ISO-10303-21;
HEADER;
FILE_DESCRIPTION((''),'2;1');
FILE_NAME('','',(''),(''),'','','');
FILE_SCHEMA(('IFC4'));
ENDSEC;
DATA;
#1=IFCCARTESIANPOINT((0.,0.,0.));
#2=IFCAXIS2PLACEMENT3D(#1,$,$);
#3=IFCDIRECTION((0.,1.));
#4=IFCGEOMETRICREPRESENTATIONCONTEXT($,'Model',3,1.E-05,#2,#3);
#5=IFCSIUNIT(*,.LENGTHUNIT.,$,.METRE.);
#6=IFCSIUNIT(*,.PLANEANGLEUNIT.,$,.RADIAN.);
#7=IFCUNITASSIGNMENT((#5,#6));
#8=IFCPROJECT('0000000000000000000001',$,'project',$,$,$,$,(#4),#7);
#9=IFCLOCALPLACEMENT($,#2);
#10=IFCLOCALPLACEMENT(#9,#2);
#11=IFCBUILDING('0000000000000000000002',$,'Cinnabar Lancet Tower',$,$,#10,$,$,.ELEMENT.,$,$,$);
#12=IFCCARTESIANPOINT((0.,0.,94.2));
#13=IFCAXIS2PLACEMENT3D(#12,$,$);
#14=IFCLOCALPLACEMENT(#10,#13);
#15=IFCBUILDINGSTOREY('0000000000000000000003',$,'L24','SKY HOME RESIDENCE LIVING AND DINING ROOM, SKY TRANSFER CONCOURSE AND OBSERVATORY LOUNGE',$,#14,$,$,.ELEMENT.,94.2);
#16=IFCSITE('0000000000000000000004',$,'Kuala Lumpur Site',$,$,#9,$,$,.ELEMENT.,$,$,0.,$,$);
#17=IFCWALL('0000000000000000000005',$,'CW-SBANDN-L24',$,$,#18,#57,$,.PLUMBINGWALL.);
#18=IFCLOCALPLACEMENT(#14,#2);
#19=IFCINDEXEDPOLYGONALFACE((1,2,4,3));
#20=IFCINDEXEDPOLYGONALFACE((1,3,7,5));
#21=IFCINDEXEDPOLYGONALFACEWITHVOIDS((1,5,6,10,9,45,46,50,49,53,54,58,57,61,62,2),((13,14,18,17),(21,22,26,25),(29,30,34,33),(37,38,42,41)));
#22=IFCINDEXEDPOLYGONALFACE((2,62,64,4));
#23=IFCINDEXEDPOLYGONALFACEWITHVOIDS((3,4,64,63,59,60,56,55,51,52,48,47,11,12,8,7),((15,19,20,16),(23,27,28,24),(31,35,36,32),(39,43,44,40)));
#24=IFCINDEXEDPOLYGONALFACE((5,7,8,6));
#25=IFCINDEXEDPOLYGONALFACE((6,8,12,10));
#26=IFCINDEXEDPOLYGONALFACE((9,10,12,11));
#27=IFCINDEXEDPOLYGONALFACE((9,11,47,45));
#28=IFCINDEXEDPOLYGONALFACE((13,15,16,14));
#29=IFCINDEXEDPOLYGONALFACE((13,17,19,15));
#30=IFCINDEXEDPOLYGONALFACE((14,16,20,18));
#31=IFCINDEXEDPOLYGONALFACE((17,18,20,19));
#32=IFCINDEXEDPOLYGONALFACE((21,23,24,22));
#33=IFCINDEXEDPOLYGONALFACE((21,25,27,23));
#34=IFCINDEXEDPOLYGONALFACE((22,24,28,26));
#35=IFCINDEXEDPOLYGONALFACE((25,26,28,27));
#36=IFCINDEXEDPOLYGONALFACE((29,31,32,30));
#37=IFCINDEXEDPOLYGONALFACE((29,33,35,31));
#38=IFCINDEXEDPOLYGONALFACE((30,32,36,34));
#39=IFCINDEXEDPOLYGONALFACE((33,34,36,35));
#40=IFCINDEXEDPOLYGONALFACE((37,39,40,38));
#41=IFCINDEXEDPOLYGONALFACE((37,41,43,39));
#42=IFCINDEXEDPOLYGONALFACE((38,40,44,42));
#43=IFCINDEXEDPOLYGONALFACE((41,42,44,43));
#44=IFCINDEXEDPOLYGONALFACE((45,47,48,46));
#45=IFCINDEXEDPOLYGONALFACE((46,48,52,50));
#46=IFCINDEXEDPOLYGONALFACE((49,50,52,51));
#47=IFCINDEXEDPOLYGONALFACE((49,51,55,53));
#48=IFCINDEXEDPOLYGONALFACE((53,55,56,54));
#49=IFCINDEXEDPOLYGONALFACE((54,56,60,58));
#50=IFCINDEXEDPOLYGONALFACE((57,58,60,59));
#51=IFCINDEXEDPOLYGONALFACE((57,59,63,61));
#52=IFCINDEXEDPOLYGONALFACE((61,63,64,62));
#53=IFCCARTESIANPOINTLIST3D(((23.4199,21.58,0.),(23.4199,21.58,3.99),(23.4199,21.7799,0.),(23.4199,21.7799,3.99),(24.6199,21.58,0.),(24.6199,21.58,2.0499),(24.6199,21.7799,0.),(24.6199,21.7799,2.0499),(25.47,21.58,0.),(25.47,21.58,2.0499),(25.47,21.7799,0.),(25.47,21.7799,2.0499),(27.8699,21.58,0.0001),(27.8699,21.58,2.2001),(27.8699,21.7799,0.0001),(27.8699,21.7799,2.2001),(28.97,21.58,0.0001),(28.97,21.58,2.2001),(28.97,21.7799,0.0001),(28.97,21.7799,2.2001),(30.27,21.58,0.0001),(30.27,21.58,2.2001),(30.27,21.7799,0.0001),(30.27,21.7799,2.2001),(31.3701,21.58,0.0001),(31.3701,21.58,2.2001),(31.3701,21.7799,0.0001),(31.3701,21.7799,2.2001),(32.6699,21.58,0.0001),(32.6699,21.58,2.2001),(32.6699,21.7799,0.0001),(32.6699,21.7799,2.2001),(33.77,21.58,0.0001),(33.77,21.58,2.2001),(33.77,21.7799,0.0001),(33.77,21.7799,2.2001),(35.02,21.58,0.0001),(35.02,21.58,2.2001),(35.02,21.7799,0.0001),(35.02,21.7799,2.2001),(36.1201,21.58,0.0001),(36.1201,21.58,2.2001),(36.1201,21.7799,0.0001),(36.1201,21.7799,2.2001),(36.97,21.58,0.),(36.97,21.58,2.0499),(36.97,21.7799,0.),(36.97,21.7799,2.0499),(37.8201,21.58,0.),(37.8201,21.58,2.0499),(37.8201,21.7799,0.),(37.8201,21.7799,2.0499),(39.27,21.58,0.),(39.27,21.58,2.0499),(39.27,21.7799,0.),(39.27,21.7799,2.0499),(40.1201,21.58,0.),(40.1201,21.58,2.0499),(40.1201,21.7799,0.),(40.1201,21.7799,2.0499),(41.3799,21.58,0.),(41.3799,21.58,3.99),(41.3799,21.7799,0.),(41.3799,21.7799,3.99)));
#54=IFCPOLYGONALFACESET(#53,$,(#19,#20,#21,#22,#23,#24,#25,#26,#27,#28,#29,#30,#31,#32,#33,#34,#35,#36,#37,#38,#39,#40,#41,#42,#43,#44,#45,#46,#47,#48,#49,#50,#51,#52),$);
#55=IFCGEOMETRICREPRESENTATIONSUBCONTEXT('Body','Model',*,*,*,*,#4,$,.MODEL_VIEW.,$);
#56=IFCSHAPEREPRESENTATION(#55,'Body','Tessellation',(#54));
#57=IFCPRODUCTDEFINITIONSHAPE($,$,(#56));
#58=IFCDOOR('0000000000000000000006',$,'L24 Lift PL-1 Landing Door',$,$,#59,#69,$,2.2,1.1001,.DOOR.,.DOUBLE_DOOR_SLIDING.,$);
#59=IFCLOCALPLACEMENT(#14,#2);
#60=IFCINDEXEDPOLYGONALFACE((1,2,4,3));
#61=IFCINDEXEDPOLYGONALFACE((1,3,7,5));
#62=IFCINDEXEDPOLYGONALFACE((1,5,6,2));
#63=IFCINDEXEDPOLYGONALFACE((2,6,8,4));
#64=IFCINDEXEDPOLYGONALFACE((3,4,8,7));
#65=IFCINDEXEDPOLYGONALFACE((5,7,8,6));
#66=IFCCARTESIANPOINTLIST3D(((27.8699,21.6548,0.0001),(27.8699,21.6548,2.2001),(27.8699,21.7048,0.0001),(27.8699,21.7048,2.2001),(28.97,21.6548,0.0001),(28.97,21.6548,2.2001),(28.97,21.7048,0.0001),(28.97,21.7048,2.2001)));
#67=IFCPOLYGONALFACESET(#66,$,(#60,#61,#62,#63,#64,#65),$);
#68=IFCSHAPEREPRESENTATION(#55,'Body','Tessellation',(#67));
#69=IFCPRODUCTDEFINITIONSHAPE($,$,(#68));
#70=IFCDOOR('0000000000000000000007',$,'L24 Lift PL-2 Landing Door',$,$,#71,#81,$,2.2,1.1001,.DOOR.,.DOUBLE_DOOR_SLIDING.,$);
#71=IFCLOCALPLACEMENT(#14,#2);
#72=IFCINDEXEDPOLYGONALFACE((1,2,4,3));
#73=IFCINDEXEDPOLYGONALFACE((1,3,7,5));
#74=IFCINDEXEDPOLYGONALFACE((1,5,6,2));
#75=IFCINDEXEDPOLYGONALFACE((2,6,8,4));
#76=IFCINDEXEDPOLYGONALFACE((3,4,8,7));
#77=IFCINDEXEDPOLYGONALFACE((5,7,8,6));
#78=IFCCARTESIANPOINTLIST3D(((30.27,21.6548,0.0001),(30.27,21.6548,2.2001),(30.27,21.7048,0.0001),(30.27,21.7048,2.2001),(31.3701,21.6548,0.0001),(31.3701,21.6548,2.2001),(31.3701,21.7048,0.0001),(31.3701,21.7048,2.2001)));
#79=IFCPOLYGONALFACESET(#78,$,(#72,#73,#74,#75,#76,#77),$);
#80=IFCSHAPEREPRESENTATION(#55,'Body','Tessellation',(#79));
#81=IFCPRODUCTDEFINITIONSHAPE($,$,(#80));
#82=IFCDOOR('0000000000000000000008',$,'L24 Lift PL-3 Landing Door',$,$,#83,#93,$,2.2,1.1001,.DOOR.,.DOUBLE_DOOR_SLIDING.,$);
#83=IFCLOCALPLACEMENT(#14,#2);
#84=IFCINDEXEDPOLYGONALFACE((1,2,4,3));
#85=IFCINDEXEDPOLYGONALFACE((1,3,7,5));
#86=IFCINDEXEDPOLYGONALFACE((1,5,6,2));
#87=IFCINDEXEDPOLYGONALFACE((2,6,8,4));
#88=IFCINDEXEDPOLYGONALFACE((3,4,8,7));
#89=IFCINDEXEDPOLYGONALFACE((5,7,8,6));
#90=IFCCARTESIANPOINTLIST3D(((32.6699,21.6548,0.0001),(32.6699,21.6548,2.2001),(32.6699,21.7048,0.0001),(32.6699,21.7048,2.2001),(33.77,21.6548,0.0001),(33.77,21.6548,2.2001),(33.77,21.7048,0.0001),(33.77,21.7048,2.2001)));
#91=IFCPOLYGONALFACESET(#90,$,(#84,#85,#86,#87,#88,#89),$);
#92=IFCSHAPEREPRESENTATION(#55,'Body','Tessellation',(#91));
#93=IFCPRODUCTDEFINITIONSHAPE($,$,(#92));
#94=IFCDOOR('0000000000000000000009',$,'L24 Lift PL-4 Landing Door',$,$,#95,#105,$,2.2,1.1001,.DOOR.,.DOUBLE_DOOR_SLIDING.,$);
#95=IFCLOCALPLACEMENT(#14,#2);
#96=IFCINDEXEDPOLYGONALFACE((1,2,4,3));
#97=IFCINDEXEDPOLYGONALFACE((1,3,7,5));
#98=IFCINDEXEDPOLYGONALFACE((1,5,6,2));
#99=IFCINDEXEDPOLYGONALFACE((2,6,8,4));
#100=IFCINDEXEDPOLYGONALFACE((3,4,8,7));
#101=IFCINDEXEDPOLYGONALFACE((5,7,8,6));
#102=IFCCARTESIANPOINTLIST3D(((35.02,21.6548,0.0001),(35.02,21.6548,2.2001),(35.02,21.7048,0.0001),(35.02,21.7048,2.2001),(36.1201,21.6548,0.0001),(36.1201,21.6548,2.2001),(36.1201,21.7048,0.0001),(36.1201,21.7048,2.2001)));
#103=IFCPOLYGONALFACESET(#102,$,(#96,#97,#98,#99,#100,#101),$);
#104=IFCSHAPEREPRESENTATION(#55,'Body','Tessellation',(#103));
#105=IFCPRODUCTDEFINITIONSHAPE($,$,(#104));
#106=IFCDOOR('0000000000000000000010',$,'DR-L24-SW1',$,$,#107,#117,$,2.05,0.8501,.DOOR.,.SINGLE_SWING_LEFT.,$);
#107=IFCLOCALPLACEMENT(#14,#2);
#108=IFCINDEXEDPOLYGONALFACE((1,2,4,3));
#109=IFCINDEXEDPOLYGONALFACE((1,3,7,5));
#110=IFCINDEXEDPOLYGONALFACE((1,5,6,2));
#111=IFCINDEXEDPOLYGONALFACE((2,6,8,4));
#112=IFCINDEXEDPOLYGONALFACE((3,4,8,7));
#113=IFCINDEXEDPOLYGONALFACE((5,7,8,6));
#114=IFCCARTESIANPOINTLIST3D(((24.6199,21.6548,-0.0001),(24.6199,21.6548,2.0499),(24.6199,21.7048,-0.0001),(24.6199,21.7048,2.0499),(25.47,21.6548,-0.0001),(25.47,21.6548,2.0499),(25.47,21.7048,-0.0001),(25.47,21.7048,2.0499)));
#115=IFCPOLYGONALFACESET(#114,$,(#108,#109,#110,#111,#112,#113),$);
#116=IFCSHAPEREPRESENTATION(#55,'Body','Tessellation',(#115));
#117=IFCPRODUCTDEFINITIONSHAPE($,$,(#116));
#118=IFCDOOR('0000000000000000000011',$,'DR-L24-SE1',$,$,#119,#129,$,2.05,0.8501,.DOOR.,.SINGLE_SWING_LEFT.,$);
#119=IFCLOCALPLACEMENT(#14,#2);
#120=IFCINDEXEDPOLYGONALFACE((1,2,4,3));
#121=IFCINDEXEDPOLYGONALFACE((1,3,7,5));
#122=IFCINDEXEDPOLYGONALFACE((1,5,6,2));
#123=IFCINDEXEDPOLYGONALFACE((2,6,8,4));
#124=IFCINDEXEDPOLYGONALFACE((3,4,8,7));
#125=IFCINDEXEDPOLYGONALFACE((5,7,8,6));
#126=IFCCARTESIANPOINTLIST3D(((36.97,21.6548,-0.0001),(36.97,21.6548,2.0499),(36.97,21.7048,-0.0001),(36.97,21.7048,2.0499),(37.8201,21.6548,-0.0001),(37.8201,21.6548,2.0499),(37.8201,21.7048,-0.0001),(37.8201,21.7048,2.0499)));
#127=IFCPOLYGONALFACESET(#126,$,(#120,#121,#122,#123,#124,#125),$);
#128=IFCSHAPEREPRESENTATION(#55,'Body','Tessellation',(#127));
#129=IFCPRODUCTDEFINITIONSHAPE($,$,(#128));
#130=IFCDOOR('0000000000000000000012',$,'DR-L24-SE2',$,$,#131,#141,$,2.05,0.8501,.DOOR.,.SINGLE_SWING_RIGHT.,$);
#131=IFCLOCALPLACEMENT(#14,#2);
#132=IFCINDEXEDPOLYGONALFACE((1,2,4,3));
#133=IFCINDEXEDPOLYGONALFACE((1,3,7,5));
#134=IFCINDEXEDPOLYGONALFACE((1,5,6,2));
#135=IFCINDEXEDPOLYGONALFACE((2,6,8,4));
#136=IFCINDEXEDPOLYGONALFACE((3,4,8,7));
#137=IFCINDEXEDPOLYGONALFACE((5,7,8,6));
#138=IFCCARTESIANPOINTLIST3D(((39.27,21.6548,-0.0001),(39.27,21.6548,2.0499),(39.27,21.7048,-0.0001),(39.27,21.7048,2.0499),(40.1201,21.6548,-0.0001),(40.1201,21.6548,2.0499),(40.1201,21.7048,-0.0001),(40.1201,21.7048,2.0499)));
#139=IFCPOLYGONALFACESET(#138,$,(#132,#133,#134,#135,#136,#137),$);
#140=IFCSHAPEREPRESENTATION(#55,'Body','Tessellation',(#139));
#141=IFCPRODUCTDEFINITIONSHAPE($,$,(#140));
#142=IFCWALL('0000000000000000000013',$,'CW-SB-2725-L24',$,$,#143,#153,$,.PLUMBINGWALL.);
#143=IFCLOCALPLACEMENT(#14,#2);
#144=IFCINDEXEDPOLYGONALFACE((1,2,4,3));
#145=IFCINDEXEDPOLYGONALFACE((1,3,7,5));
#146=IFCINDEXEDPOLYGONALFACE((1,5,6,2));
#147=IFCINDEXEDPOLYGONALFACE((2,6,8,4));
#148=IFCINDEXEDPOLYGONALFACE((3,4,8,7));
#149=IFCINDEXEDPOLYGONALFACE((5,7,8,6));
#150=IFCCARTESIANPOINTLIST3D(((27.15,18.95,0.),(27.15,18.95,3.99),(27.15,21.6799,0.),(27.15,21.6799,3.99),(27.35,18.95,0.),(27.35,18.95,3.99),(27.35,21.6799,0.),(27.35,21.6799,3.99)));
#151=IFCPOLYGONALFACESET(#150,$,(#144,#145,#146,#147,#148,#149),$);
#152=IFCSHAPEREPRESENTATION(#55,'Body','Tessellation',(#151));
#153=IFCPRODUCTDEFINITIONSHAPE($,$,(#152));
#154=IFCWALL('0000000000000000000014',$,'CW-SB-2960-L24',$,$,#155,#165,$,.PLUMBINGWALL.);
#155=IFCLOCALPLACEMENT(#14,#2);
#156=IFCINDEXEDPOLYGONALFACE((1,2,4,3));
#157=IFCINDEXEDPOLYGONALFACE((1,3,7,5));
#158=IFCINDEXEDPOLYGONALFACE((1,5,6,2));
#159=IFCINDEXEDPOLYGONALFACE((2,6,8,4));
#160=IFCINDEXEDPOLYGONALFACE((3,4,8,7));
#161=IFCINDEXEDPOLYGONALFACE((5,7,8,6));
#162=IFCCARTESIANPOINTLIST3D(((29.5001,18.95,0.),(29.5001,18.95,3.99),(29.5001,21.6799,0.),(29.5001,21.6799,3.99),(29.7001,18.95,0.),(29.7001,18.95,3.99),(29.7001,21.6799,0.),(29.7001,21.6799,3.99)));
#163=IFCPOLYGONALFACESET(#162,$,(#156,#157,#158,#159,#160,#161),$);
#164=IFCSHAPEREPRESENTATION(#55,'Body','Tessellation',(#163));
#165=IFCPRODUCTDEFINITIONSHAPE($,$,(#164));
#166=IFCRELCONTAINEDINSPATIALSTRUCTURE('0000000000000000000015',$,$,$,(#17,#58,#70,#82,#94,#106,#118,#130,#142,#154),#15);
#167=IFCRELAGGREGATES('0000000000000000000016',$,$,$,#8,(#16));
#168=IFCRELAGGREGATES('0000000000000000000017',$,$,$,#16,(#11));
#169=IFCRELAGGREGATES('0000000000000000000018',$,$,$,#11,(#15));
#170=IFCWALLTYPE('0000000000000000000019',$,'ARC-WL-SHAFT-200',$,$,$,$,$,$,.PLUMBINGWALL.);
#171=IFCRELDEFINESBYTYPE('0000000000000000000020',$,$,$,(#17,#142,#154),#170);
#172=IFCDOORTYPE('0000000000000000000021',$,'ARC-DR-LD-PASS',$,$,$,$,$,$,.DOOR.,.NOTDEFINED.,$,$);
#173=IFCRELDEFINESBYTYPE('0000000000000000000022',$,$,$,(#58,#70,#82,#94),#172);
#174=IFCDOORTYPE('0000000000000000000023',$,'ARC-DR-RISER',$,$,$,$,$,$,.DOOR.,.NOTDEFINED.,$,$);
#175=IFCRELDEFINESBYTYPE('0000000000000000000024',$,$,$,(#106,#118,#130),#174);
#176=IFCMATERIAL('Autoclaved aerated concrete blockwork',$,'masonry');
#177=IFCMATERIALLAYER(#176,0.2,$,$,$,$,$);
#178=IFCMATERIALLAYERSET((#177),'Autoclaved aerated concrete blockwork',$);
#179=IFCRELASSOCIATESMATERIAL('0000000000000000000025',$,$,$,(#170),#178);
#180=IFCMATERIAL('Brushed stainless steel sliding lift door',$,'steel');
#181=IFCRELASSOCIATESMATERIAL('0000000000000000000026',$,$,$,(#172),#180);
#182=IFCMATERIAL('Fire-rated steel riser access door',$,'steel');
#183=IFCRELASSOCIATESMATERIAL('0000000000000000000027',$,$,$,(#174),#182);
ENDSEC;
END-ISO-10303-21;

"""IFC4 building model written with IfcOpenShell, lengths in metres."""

from ifc_helpers import new_model, si_unit, direction, frame, frame_2d, origin, place, context, subcontext, project, spatial, rectangle, extrude, material, layer, layer_set, type_object, element, fill, save


model = new_model("IFC4")

# Units and contexts
model_context = context("Model", 3, precision=1e-05, world=origin(), true_north=direction((0.0, 1.0)))
body_context = subcontext(model_context, "Body", "Model", "MODEL_VIEW")
ifc_project = project(units=[si_unit("LENGTHUNIT", "METRE"), si_unit("PLANEANGLEUNIT", "RADIAN")], contexts=[model_context])

# Site, building, storey
site_placement = place(None, origin())
site = spatial("IfcSite", under=ifc_project, at=site_placement, Name="Kuala Lumpur Site", CompositionType="ELEMENT", RefElevation=0.0)
building_placement = place(site_placement, origin())
building = spatial("IfcBuilding", under=site, at=building_placement, Name="Cinnabar Lancet Tower", CompositionType="ELEMENT")
storey_placement = place(building_placement, frame((0.0, 0.0, 94.2)))
storey = spatial("IfcBuildingStorey", under=building, at=storey_placement, Name="L24", Description="SKY HOME RESIDENCE LIVING AND DINING ROOM, SKY TRANSFER CONCOURSE AND OBSERVATORY LOUNGE", CompositionType="ELEMENT", Elevation=94.2)

# Shared definitions
ifc_material_1 = material(Name="Autoclaved aerated concrete blockwork", Category="masonry")
ifc_layer_1 = layer(ifc_material_1, 0.2)
ifc_layer_set_1 = layer_set([ifc_layer_1], Name="Autoclaved aerated concrete blockwork")
wall_type_1 = type_object("IfcWallType", Name="ARC-WL-SHAFT-200", PredefinedType="PLUMBINGWALL", material=ifc_layer_set_1)

# Wall, openings, doors
wall_1_placement = place(storey_placement, frame((23.4199, 21.6799, 0.0), z_axis=(0.0, 0.0, 1.0), x_axis=(1.0, 0.0, 0.0)))
wall_1 = element("IfcWall", 1, at=wall_1_placement, inside=storey, type_object=wall_type_1, Name="CW-SBANDN-L24", PredefinedType="PLUMBINGWALL", context=body_context, shape_type="SweptSolid", body=[
    extrude(rectangle(XDim=17.96, YDim=0.2, at=frame_2d((8.98, 0.0))), origin(), (0.0, 0.0, 1.0), 3.99),
])
opening_1_placement = place(wall_1_placement, frame((4.45, 0.0, 0.0)))
opening_1 = element("IfcOpeningElement", 2, at=opening_1_placement, cuts=wall_1, PredefinedType="OPENING", context=body_context, shape_type="SweptSolid", body=[
    extrude(rectangle(XDim=1.1001, YDim=2.2, at=frame_2d((0.55, 1.1001))), frame((0.0, 0.1099, 0.0), z_axis=(0.0, -1.0, 0.0), x_axis=(1.0, 0.0, 0.0)), (0.0, 0.0, 1.0), 0.22),
])
opening_2_placement = place(wall_1_placement, frame((6.8501, 0.0, 0.0)))
opening_2 = element("IfcOpeningElement", 3, at=opening_2_placement, cuts=wall_1, PredefinedType="OPENING", context=body_context, shape_type="SweptSolid", body=[
    extrude(rectangle(XDim=1.1001, YDim=2.2, at=frame_2d((0.55, 1.1001))), frame((0.0, 0.1099, 0.0), z_axis=(0.0, -1.0, 0.0), x_axis=(1.0, 0.0, 0.0)), (0.0, 0.0, 1.0), 0.22),
])
opening_3_placement = place(wall_1_placement, frame((9.25, 0.0, 0.0)))
opening_3 = element("IfcOpeningElement", 4, at=opening_3_placement, cuts=wall_1, PredefinedType="OPENING", context=body_context, shape_type="SweptSolid", body=[
    extrude(rectangle(XDim=1.1001, YDim=2.2, at=frame_2d((0.55, 1.1001))), frame((0.0, 0.1099, 0.0), z_axis=(0.0, -1.0, 0.0), x_axis=(1.0, 0.0, 0.0)), (0.0, 0.0, 1.0), 0.22),
])
opening_4_placement = place(wall_1_placement, frame((11.6001, 0.0, 0.0)))
opening_4 = element("IfcOpeningElement", 5, at=opening_4_placement, cuts=wall_1, PredefinedType="OPENING", context=body_context, shape_type="SweptSolid", body=[
    extrude(rectangle(XDim=1.1001, YDim=2.2, at=frame_2d((0.55, 1.1001))), frame((0.0, 0.1099, 0.0), z_axis=(0.0, -1.0, 0.0), x_axis=(1.0, 0.0, 0.0)), (0.0, 0.0, 1.0), 0.22),
])
opening_5_placement = place(wall_1_placement, frame((1.2, 0.0, 0.0)))
opening_5 = element("IfcOpeningElement", 6, at=opening_5_placement, cuts=wall_1, PredefinedType="OPENING", context=body_context, shape_type="SweptSolid", body=[
    extrude(rectangle(XDim=0.8501, YDim=2.05, at=frame_2d((0.425, 1.0249))), frame((0.0, 0.1099, 0.0), z_axis=(0.0, -1.0, 0.0), x_axis=(1.0, 0.0, 0.0)), (0.0, 0.0, 1.0), 0.22),
])
opening_6_placement = place(wall_1_placement, frame((13.55, 0.0, 0.0)))
opening_6 = element("IfcOpeningElement", 7, at=opening_6_placement, cuts=wall_1, PredefinedType="OPENING", context=body_context, shape_type="SweptSolid", body=[
    extrude(rectangle(XDim=0.8501, YDim=2.05, at=frame_2d((0.425, 1.0249))), frame((0.0, 0.1099, 0.0), z_axis=(0.0, -1.0, 0.0), x_axis=(1.0, 0.0, 0.0)), (0.0, 0.0, 1.0), 0.22),
])
opening_7_placement = place(wall_1_placement, frame((15.8501, 0.0, 0.0)))
opening_7 = element("IfcOpeningElement", 8, at=opening_7_placement, cuts=wall_1, PredefinedType="OPENING", context=body_context, shape_type="SweptSolid", body=[
    extrude(rectangle(XDim=0.8501, YDim=2.05, at=frame_2d((0.425, 1.0249))), frame((0.0, 0.1099, 0.0), z_axis=(0.0, -1.0, 0.0), x_axis=(1.0, 0.0, 0.0)), (0.0, 0.0, 1.0), 0.22),
])
ifc_material_2 = material(Name="Brushed stainless steel sliding lift door", Category="steel")
door_type_1 = type_object("IfcDoorType", Name="ARC-DR-LD-PASS", OperationType="NOTDEFINED", PredefinedType="DOOR", material=ifc_material_2)
door_1_placement = place(opening_1_placement, origin())
door_1 = element("IfcDoor", 9, at=door_1_placement, inside=storey, type_object=door_type_1, Name="L24 Lift PL-1 Landing Door", OperationType="DOUBLE_DOOR_SLIDING", OverallHeight=2.2, OverallWidth=1.1001, PredefinedType="DOOR", context=body_context, shape_type="SweptSolid", body=[
    extrude(rectangle(XDim=1.1001, YDim=2.2, at=frame_2d((0.55, 1.1001))), frame((0.0, 0.0249, 0.0), z_axis=(0.0, -1.0, 0.0), x_axis=(1.0, 0.0, 0.0)), (0.0, 0.0, 1.0), 0.05),
])
fill(opening_1, door_1)
door_2_placement = place(opening_2_placement, origin())
door_2 = element("IfcDoor", 10, at=door_2_placement, inside=storey, type_object=door_type_1, Name="L24 Lift PL-2 Landing Door", OperationType="DOUBLE_DOOR_SLIDING", OverallHeight=2.2, OverallWidth=1.1001, PredefinedType="DOOR", context=body_context, shape_type="SweptSolid", body=[
    extrude(rectangle(XDim=1.1001, YDim=2.2, at=frame_2d((0.55, 1.1001))), frame((0.0, 0.0249, 0.0), z_axis=(0.0, -1.0, 0.0), x_axis=(1.0, 0.0, 0.0)), (0.0, 0.0, 1.0), 0.05),
])
fill(opening_2, door_2)
door_3_placement = place(opening_3_placement, origin())
door_3 = element("IfcDoor", 11, at=door_3_placement, inside=storey, type_object=door_type_1, Name="L24 Lift PL-3 Landing Door", OperationType="DOUBLE_DOOR_SLIDING", OverallHeight=2.2, OverallWidth=1.1001, PredefinedType="DOOR", context=body_context, shape_type="SweptSolid", body=[
    extrude(rectangle(XDim=1.1001, YDim=2.2, at=frame_2d((0.55, 1.1001))), frame((0.0, 0.0249, 0.0), z_axis=(0.0, -1.0, 0.0), x_axis=(1.0, 0.0, 0.0)), (0.0, 0.0, 1.0), 0.05),
])
fill(opening_3, door_3)
door_4_placement = place(opening_4_placement, origin())
door_4 = element("IfcDoor", 12, at=door_4_placement, inside=storey, type_object=door_type_1, Name="L24 Lift PL-4 Landing Door", OperationType="DOUBLE_DOOR_SLIDING", OverallHeight=2.2, OverallWidth=1.1001, PredefinedType="DOOR", context=body_context, shape_type="SweptSolid", body=[
    extrude(rectangle(XDim=1.1001, YDim=2.2, at=frame_2d((0.55, 1.1001))), frame((0.0, 0.0249, 0.0), z_axis=(0.0, -1.0, 0.0), x_axis=(1.0, 0.0, 0.0)), (0.0, 0.0, 1.0), 0.05),
])
fill(opening_4, door_4)
ifc_material_3 = material(Name="Fire-rated steel riser access door", Category="steel")
door_type_2 = type_object("IfcDoorType", Name="ARC-DR-RISER", OperationType="NOTDEFINED", PredefinedType="DOOR", material=ifc_material_3)
door_5_placement = place(opening_5_placement, origin())
door_5 = element("IfcDoor", 13, at=door_5_placement, inside=storey, type_object=door_type_2, Name="DR-L24-SW1", OperationType="SINGLE_SWING_LEFT", OverallHeight=2.05, OverallWidth=0.8501, PredefinedType="DOOR", context=body_context, shape_type="SweptSolid", body=[
    extrude(rectangle(XDim=0.8501, YDim=2.05, at=frame_2d((0.425, 1.0249))), frame((0.0, 0.0249, 0.0), z_axis=(0.0, -1.0, 0.0), x_axis=(1.0, 0.0, 0.0)), (0.0, 0.0, 1.0), 0.05),
])
fill(opening_5, door_5)
door_6_placement = place(opening_6_placement, origin())
door_6 = element("IfcDoor", 14, at=door_6_placement, inside=storey, type_object=door_type_2, Name="DR-L24-SE1", OperationType="SINGLE_SWING_LEFT", OverallHeight=2.05, OverallWidth=0.8501, PredefinedType="DOOR", context=body_context, shape_type="SweptSolid", body=[
    extrude(rectangle(XDim=0.8501, YDim=2.05, at=frame_2d((0.425, 1.0249))), frame((0.0, 0.0249, 0.0), z_axis=(0.0, -1.0, 0.0), x_axis=(1.0, 0.0, 0.0)), (0.0, 0.0, 1.0), 0.05),
])
fill(opening_6, door_6)
door_7_placement = place(opening_7_placement, origin())
door_7 = element("IfcDoor", 15, at=door_7_placement, inside=storey, type_object=door_type_2, Name="DR-L24-SE2", OperationType="SINGLE_SWING_RIGHT", OverallHeight=2.05, OverallWidth=0.8501, PredefinedType="DOOR", context=body_context, shape_type="SweptSolid", body=[
    extrude(rectangle(XDim=0.8501, YDim=2.05, at=frame_2d((0.425, 1.0249))), frame((0.0, 0.0249, 0.0), z_axis=(0.0, -1.0, 0.0), x_axis=(1.0, 0.0, 0.0)), (0.0, 0.0, 1.0), 0.05),
])
fill(opening_7, door_7)

# Walls
for number, where, z_axis, x_axis, name in (
    (16, (27.25, 18.95, 0.0), (0.0, 0.0, 1.0), (0.0, 1.0, 0.0), "CW-SB-2725-L24"),
    (17, (29.6001, 18.95, 0.0), (0.0, 0.0, 1.0), (0.0, 1.0, 0.0), "CW-SB-2960-L24"),
):
    element("IfcWall", number, at=place(storey_placement, frame(where, z_axis=z_axis, x_axis=x_axis)), inside=storey, type_object=wall_type_1, Name=name, PredefinedType="PLUMBINGWALL", context=body_context, shape_type="SweptSolid", body=[
        extrude(rectangle(XDim=2.73, YDim=0.2, at=frame_2d((1.365, 0.0))), origin(), (0.0, 0.0, 1.0), 3.99),
    ])

save(model, "model.ifc")
